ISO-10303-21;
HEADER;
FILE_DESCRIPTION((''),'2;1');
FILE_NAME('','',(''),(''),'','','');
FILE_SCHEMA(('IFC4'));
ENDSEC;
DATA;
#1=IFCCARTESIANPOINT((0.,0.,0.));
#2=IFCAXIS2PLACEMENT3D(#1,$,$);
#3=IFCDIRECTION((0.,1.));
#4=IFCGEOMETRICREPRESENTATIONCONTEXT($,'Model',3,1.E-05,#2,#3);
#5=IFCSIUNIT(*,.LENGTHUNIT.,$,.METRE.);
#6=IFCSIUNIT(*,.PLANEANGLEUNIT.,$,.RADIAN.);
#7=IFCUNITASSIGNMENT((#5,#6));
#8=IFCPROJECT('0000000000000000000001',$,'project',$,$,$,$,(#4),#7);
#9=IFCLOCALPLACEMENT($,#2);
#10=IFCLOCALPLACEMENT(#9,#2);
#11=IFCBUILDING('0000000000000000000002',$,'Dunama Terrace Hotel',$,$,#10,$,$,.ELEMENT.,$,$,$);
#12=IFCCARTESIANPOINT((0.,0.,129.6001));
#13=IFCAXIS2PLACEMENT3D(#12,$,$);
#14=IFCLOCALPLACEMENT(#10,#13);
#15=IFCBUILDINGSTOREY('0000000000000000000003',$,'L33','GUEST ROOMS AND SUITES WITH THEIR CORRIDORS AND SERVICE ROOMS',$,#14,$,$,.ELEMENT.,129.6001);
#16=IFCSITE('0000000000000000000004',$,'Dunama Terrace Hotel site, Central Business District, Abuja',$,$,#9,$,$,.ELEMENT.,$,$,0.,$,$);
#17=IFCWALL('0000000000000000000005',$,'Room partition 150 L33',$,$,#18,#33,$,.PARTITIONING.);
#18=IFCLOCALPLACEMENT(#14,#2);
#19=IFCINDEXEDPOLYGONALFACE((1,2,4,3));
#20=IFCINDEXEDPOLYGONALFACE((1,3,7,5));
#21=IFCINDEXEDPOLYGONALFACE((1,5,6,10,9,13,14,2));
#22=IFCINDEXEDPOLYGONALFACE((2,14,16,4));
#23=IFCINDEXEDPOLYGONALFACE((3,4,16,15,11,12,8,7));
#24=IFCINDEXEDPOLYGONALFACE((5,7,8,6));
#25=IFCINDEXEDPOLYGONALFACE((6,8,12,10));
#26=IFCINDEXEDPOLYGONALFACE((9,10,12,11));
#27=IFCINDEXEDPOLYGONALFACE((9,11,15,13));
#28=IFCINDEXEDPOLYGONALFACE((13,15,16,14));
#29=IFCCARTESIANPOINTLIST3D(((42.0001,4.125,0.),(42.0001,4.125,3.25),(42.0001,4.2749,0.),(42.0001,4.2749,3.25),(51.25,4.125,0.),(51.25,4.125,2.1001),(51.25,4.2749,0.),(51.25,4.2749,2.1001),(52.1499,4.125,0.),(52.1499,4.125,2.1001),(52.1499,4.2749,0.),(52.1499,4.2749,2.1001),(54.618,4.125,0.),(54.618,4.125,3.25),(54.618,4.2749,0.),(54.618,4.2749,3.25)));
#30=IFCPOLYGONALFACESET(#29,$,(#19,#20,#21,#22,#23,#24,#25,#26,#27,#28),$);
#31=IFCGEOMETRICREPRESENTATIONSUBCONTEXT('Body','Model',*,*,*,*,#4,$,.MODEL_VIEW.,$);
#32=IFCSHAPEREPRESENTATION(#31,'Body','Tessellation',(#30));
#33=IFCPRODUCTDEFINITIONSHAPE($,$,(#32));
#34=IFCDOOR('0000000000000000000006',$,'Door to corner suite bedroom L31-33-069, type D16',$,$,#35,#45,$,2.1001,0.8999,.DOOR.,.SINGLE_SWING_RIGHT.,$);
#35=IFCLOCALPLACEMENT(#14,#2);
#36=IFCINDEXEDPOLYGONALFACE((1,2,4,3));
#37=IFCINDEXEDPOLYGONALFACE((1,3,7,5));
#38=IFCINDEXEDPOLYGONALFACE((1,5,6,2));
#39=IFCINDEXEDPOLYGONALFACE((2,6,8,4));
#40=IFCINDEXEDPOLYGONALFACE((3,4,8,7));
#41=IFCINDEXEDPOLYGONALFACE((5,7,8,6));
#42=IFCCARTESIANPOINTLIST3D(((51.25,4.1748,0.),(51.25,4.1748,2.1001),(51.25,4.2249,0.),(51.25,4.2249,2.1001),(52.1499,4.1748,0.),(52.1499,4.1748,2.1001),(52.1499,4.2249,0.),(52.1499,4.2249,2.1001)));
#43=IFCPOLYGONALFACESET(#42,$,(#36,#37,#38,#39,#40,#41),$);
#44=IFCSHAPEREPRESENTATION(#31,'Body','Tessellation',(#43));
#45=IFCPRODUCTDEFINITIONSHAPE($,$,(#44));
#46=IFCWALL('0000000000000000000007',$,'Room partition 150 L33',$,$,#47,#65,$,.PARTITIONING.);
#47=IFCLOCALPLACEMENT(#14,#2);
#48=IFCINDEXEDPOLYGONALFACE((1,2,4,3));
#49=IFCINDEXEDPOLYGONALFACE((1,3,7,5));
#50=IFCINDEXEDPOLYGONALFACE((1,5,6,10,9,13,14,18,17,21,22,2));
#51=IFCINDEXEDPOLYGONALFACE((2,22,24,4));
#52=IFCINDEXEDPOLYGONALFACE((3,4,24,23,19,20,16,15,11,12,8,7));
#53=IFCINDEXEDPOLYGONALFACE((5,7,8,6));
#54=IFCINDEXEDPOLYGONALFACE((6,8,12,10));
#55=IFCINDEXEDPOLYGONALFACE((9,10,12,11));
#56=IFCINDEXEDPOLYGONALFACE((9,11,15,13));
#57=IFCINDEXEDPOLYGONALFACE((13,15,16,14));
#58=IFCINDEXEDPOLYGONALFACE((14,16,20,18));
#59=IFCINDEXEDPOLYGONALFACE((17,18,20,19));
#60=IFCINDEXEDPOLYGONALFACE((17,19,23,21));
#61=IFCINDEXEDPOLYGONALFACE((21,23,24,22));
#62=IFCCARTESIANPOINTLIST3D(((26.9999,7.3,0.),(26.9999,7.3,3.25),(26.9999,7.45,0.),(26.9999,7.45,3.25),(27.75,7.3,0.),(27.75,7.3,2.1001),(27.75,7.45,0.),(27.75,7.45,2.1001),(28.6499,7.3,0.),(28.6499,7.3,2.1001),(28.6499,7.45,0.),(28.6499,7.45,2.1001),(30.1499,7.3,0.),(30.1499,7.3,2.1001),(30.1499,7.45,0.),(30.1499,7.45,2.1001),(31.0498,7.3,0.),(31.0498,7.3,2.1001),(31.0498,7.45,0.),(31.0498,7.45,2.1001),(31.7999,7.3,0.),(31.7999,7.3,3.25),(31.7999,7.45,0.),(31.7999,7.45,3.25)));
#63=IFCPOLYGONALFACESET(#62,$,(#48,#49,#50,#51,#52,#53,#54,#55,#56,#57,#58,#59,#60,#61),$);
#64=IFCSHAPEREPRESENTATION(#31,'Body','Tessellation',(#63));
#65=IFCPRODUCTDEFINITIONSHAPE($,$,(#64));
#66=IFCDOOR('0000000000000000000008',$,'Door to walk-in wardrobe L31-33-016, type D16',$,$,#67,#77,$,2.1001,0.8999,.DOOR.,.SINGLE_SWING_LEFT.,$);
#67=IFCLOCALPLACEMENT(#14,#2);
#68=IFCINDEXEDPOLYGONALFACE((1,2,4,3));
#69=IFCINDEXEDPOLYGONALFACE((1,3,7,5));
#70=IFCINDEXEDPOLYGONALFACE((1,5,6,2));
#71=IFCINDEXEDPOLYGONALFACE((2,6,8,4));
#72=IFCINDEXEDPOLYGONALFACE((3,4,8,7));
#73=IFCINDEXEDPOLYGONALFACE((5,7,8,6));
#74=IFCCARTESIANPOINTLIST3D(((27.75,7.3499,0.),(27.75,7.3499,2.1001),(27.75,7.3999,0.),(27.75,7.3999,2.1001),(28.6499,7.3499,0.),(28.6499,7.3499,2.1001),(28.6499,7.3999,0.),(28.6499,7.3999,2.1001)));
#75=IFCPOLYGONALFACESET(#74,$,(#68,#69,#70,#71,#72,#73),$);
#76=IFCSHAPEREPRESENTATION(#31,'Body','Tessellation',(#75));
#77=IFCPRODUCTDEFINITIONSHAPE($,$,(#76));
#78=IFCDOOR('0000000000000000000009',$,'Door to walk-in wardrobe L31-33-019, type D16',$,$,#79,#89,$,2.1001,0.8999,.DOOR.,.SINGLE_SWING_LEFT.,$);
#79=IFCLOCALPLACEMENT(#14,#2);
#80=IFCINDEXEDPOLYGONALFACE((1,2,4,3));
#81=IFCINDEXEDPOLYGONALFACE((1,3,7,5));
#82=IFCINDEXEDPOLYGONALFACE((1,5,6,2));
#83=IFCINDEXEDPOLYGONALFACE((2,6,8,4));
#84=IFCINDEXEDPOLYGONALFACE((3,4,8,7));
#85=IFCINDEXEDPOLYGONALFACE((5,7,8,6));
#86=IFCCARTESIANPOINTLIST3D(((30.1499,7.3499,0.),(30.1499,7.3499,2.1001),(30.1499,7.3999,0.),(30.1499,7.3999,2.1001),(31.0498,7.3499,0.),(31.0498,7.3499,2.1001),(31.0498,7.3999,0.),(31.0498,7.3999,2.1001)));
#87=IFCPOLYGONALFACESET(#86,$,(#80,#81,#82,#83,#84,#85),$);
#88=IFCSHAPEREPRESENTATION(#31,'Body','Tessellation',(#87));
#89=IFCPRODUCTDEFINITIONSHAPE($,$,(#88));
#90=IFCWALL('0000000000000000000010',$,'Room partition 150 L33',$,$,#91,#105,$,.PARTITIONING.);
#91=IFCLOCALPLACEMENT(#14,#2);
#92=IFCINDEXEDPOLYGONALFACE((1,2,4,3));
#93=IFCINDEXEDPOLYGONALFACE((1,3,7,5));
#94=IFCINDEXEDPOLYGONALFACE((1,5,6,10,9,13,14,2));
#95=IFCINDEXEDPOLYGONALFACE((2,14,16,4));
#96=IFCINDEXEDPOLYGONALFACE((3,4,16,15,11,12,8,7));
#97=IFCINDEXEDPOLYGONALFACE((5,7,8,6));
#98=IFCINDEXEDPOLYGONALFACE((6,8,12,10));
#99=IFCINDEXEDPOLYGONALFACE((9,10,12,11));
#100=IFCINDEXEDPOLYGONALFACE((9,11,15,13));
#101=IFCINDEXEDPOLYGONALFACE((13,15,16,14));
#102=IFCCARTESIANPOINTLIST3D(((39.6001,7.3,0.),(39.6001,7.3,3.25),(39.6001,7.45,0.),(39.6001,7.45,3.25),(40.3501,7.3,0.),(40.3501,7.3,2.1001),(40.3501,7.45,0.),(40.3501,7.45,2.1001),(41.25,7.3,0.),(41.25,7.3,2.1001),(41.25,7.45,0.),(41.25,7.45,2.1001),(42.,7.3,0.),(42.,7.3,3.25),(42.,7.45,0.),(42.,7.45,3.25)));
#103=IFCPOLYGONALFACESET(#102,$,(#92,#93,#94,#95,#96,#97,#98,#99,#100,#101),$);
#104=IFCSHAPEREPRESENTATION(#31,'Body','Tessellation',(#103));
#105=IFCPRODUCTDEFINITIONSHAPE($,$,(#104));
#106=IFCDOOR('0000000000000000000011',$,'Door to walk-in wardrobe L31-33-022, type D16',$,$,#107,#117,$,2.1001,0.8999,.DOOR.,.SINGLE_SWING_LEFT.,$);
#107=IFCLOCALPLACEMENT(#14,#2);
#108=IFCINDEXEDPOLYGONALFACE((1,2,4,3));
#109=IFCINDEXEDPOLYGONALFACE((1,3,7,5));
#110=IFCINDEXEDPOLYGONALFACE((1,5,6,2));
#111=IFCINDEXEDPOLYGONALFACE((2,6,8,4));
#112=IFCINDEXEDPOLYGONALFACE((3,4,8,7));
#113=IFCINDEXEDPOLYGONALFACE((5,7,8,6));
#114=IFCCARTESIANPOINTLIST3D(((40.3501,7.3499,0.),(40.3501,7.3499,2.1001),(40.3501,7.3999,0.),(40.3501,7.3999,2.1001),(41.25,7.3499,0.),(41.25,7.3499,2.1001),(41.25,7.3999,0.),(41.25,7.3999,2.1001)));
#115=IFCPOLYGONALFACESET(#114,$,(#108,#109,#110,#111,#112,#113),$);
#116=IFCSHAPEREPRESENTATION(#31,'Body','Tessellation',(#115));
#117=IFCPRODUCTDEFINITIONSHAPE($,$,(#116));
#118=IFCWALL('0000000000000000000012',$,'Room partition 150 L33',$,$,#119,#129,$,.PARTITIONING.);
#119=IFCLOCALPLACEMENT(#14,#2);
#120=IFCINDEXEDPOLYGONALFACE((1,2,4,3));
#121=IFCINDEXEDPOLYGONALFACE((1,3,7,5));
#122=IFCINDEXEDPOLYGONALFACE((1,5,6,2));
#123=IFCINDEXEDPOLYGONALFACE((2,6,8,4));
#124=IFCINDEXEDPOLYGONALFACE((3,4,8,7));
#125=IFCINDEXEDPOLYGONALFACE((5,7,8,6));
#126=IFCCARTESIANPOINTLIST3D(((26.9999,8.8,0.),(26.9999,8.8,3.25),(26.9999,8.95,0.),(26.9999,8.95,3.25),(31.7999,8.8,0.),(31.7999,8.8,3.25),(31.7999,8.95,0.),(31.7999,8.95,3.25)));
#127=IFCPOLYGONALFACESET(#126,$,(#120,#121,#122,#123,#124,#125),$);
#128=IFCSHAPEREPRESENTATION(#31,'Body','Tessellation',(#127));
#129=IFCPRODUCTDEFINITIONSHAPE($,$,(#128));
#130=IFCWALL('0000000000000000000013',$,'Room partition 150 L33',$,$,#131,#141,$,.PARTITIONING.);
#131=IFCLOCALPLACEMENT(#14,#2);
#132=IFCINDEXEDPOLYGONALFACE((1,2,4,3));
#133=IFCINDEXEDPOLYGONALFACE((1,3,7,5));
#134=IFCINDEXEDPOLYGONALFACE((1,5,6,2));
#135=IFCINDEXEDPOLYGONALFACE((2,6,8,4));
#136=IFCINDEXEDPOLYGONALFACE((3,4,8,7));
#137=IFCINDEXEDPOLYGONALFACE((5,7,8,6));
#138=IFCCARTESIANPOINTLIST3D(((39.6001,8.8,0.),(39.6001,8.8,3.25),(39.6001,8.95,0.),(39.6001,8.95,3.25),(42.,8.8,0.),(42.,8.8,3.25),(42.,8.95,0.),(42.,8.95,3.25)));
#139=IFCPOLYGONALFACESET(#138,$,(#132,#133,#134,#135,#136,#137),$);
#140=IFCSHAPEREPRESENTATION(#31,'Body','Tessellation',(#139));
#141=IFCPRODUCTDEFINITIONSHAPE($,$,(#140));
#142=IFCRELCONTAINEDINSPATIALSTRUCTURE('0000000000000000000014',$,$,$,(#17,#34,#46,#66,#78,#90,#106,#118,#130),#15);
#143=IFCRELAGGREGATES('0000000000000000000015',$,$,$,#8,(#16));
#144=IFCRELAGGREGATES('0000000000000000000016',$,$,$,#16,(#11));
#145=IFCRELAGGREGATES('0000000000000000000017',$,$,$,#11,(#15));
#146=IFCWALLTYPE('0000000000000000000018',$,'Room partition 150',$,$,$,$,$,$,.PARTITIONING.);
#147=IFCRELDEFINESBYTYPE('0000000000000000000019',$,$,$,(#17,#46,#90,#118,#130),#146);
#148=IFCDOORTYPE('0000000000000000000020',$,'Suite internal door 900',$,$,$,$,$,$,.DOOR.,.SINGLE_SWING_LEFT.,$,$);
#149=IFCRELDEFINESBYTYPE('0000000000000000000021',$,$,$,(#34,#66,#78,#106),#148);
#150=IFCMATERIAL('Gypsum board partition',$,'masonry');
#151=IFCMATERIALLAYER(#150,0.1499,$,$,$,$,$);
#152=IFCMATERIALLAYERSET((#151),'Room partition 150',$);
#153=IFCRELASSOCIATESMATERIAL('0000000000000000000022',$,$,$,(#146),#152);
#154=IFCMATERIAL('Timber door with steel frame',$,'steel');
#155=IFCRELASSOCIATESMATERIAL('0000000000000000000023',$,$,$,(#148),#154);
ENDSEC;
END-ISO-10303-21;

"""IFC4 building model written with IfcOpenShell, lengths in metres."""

from ifc_helpers import new_model, si_unit, direction, frame, frame_2d, origin, place, context, subcontext, project, spatial, rectangle, extrude, material, layer, layer_set, type_object, element, fill, save


model = new_model("IFC4")

# Units and contexts
model_context = context("Model", 3, precision=1e-05, world=origin(), true_north=direction((0.0, 1.0)))
body_context = subcontext(model_context, "Body", "Model", "MODEL_VIEW")
ifc_project = project(units=[si_unit("LENGTHUNIT", "METRE"), si_unit("PLANEANGLEUNIT", "RADIAN")], contexts=[model_context])

# Site, building, storey
site_placement = place(None, origin())
site = spatial("IfcSite", under=ifc_project, at=site_placement, Name="Dunama Terrace Hotel site, Central Business District, Abuja", CompositionType="ELEMENT", RefElevation=0.0)
building_placement = place(site_placement, origin())
building = spatial("IfcBuilding", under=site, at=building_placement, Name="Dunama Terrace Hotel", CompositionType="ELEMENT")
storey_placement = place(building_placement, frame((0.0, 0.0, 129.6001)))
storey = spatial("IfcBuildingStorey", under=building, at=storey_placement, Name="L33", Description="GUEST ROOMS AND SUITES WITH THEIR CORRIDORS AND SERVICE ROOMS", CompositionType="ELEMENT", Elevation=129.6001)

# Shared definitions
ifc_material_1 = material(Name="Gypsum board partition", Category="masonry")
ifc_layer_1 = layer(ifc_material_1, 0.1499)
ifc_layer_set_1 = layer_set([ifc_layer_1], Name="Room partition 150")
wall_type_1 = type_object("IfcWallType", Name="Room partition 150", PredefinedType="PARTITIONING", material=ifc_layer_set_1)

# Wall, opening, door
wall_1_placement = place(storey_placement, frame((42.0, 4.2, 0.0), z_axis=(0.0, 0.0, 1.0), x_axis=(1.0, 0.0, 0.0)))
wall_1 = element("IfcWall", 1, at=wall_1_placement, inside=storey, type_object=wall_type_1, Name="Room partition 150 L33", PredefinedType="PARTITIONING", context=body_context, shape_type="SweptSolid", body=[
    extrude(rectangle(XDim=12.6179, YDim=0.1499, at=frame_2d((6.3091, 0.0))), origin(), (0.0, 0.0, 1.0), 3.25),
])
opening_1_placement = place(wall_1_placement, frame((9.25, 0.0, 0.0)))
opening_1 = element("IfcOpeningElement", 2, at=opening_1_placement, cuts=wall_1, PredefinedType="OPENING", context=body_context, shape_type="SweptSolid", body=[
    extrude(rectangle(XDim=0.8999, YDim=2.1001, at=frame_2d((0.45, 1.05))), frame((0.0, 0.085, 0.0), z_axis=(0.0, -1.0, 0.0), x_axis=(1.0, 0.0, 0.0)), (0.0, 0.0, 1.0), 0.1699),
])
ifc_material_2 = material(Name="Timber door with steel frame", Category="steel")
door_type_1 = type_object("IfcDoorType", Name="Suite internal door 900", OperationType="SINGLE_SWING_LEFT", PredefinedType="DOOR", material=ifc_material_2)
door_1_placement = place(opening_1_placement, frame((0.8999, 0.0, 0.0), z_axis=(0.0, 0.0, 1.0), x_axis=(-1.0, 0.0, 0.0)))
door_1 = element("IfcDoor", 3, at=door_1_placement, inside=storey, type_object=door_type_1, Name="Door to corner suite bedroom L31-33-069, type D16", OperationType="SINGLE_SWING_RIGHT", OverallHeight=2.1001, OverallWidth=0.8999, PredefinedType="DOOR", context=body_context, shape_type="SweptSolid", body=[
    extrude(rectangle(XDim=0.8999, YDim=2.1001, at=frame_2d((0.45, 1.05))), frame((0.0, 0.0251, 0.0), z_axis=(0.0, -1.0, 0.0), x_axis=(1.0, 0.0, 0.0)), (0.0, 0.0, 1.0), 0.05),
])
fill(opening_1, door_1)

# Wall, openings, doors
wall_2_placement = place(storey_placement, frame((27.0, 7.375, 0.0), z_axis=(0.0, 0.0, 1.0), x_axis=(1.0, 0.0, 0.0)))
wall_2 = element("IfcWall", 4, at=wall_2_placement, inside=storey, type_object=wall_type_1, Name="Room partition 150 L33", PredefinedType="PARTITIONING", context=body_context, shape_type="SweptSolid", body=[
    extrude(rectangle(XDim=4.8, YDim=0.1499, at=frame_2d((2.3999, 0.0))), origin(), (0.0, 0.0, 1.0), 3.25),
])
opening_2_placement = place(wall_2_placement, frame((0.75, 0.0, 0.0)))
opening_2 = element("IfcOpeningElement", 5, at=opening_2_placement, cuts=wall_2, PredefinedType="OPENING", context=body_context, shape_type="SweptSolid", body=[
    extrude(rectangle(XDim=0.8999, YDim=2.1001, at=frame_2d((0.45, 1.05))), frame((0.0, 0.085, 0.0), z_axis=(0.0, -1.0, 0.0), x_axis=(1.0, 0.0, 0.0)), (0.0, 0.0, 1.0), 0.1699),
])
opening_3_placement = place(wall_2_placement, frame((3.1499, 0.0, 0.0)))
opening_3 = element("IfcOpeningElement", 6, at=opening_3_placement, cuts=wall_2, PredefinedType="OPENING", context=body_context, shape_type="SweptSolid", body=[
    extrude(rectangle(XDim=0.8999, YDim=2.1001, at=frame_2d((0.45, 1.05))), frame((0.0, 0.085, 0.0), z_axis=(0.0, -1.0, 0.0), x_axis=(1.0, 0.0, 0.0)), (0.0, 0.0, 1.0), 0.1699),
])
door_2_placement = place(opening_2_placement, origin())
door_2 = element("IfcDoor", 7, at=door_2_placement, inside=storey, type_object=door_type_1, Name="Door to walk-in wardrobe L31-33-016, type D16", OperationType="SINGLE_SWING_LEFT", OverallHeight=2.1001, OverallWidth=0.8999, PredefinedType="DOOR", context=body_context, shape_type="SweptSolid", body=[
    extrude(rectangle(XDim=0.8999, YDim=2.1001, at=frame_2d((0.45, 1.05))), frame((0.0, 0.0249, 0.0), z_axis=(0.0, -1.0, 0.0), x_axis=(1.0, 0.0, 0.0)), (0.0, 0.0, 1.0), 0.05),
])
fill(opening_2, door_2)
door_3_placement = place(opening_3_placement, origin())
door_3 = element("IfcDoor", 8, at=door_3_placement, inside=storey, type_object=door_type_1, Name="Door to walk-in wardrobe L31-33-019, type D16", OperationType="SINGLE_SWING_LEFT", OverallHeight=2.1001, OverallWidth=0.8999, PredefinedType="DOOR", context=body_context, shape_type="SweptSolid", body=[
    extrude(rectangle(XDim=0.8999, YDim=2.1001, at=frame_2d((0.45, 1.05))), frame((0.0, 0.0249, 0.0), z_axis=(0.0, -1.0, 0.0), x_axis=(1.0, 0.0, 0.0)), (0.0, 0.0, 1.0), 0.05),
])
fill(opening_3, door_3)

# Wall, opening, door
wall_3_placement = place(storey_placement, frame((39.6001, 7.375, 0.0), z_axis=(0.0, 0.0, 1.0), x_axis=(1.0, 0.0, 0.0)))
wall_3 = element("IfcWall", 9, at=wall_3_placement, inside=storey, type_object=wall_type_1, Name="Room partition 150 L33", PredefinedType="PARTITIONING", context=body_context, shape_type="SweptSolid", body=[
    extrude(rectangle(XDim=2.3999, YDim=0.1499, at=frame_2d((1.2, 0.0))), origin(), (0.0, 0.0, 1.0), 3.25),
])
opening_4_placement = place(wall_3_placement, frame((0.75, 0.0, 0.0)))
opening_4 = element("IfcOpeningElement", 10, at=opening_4_placement, cuts=wall_3, PredefinedType="OPENING", context=body_context, shape_type="SweptSolid", body=[
    extrude(rectangle(XDim=0.8999, YDim=2.1001, at=frame_2d((0.45, 1.05))), frame((0.0, 0.085, 0.0), z_axis=(0.0, -1.0, 0.0), x_axis=(1.0, 0.0, 0.0)), (0.0, 0.0, 1.0), 0.1699),
])
door_4_placement = place(opening_4_placement, origin())
door_4 = element("IfcDoor", 11, at=door_4_placement, inside=storey, type_object=door_type_1, Name="Door to walk-in wardrobe L31-33-022, type D16", OperationType="SINGLE_SWING_LEFT", OverallHeight=2.1001, OverallWidth=0.8999, PredefinedType="DOOR", context=body_context, shape_type="SweptSolid", body=[
    extrude(rectangle(XDim=0.8999, YDim=2.1001, at=frame_2d((0.45, 1.05))), frame((0.0, 0.0249, 0.0), z_axis=(0.0, -1.0, 0.0), x_axis=(1.0, 0.0, 0.0)), (0.0, 0.0, 1.0), 0.05),
])
fill(opening_4, door_4)

# Walls
wall_4_placement = place(storey_placement, frame((27.0, 8.875, 0.0), z_axis=(0.0, 0.0, 1.0), x_axis=(1.0, 0.0, 0.0)))
element("IfcWall", 12, at=wall_4_placement, inside=storey, type_object=wall_type_1, Name="Room partition 150 L33", PredefinedType="PARTITIONING", context=body_context, shape_type="SweptSolid", body=[
    extrude(rectangle(XDim=4.8, YDim=0.1499, at=frame_2d((2.3999, 0.0))), origin(), (0.0, 0.0, 1.0), 3.25),
])
wall_5_placement = place(storey_placement, frame((39.6001, 8.875, 0.0), z_axis=(0.0, 0.0, 1.0), x_axis=(1.0, 0.0, 0.0)))
element("IfcWall", 13, at=wall_5_placement, inside=storey, type_object=wall_type_1, Name="Room partition 150 L33", PredefinedType="PARTITIONING", context=body_context, shape_type="SweptSolid", body=[
    extrude(rectangle(XDim=2.3999, YDim=0.1499, at=frame_2d((1.2, 0.0))), origin(), (0.0, 0.0, 1.0), 3.25),
])

save(model, "model.ifc")
